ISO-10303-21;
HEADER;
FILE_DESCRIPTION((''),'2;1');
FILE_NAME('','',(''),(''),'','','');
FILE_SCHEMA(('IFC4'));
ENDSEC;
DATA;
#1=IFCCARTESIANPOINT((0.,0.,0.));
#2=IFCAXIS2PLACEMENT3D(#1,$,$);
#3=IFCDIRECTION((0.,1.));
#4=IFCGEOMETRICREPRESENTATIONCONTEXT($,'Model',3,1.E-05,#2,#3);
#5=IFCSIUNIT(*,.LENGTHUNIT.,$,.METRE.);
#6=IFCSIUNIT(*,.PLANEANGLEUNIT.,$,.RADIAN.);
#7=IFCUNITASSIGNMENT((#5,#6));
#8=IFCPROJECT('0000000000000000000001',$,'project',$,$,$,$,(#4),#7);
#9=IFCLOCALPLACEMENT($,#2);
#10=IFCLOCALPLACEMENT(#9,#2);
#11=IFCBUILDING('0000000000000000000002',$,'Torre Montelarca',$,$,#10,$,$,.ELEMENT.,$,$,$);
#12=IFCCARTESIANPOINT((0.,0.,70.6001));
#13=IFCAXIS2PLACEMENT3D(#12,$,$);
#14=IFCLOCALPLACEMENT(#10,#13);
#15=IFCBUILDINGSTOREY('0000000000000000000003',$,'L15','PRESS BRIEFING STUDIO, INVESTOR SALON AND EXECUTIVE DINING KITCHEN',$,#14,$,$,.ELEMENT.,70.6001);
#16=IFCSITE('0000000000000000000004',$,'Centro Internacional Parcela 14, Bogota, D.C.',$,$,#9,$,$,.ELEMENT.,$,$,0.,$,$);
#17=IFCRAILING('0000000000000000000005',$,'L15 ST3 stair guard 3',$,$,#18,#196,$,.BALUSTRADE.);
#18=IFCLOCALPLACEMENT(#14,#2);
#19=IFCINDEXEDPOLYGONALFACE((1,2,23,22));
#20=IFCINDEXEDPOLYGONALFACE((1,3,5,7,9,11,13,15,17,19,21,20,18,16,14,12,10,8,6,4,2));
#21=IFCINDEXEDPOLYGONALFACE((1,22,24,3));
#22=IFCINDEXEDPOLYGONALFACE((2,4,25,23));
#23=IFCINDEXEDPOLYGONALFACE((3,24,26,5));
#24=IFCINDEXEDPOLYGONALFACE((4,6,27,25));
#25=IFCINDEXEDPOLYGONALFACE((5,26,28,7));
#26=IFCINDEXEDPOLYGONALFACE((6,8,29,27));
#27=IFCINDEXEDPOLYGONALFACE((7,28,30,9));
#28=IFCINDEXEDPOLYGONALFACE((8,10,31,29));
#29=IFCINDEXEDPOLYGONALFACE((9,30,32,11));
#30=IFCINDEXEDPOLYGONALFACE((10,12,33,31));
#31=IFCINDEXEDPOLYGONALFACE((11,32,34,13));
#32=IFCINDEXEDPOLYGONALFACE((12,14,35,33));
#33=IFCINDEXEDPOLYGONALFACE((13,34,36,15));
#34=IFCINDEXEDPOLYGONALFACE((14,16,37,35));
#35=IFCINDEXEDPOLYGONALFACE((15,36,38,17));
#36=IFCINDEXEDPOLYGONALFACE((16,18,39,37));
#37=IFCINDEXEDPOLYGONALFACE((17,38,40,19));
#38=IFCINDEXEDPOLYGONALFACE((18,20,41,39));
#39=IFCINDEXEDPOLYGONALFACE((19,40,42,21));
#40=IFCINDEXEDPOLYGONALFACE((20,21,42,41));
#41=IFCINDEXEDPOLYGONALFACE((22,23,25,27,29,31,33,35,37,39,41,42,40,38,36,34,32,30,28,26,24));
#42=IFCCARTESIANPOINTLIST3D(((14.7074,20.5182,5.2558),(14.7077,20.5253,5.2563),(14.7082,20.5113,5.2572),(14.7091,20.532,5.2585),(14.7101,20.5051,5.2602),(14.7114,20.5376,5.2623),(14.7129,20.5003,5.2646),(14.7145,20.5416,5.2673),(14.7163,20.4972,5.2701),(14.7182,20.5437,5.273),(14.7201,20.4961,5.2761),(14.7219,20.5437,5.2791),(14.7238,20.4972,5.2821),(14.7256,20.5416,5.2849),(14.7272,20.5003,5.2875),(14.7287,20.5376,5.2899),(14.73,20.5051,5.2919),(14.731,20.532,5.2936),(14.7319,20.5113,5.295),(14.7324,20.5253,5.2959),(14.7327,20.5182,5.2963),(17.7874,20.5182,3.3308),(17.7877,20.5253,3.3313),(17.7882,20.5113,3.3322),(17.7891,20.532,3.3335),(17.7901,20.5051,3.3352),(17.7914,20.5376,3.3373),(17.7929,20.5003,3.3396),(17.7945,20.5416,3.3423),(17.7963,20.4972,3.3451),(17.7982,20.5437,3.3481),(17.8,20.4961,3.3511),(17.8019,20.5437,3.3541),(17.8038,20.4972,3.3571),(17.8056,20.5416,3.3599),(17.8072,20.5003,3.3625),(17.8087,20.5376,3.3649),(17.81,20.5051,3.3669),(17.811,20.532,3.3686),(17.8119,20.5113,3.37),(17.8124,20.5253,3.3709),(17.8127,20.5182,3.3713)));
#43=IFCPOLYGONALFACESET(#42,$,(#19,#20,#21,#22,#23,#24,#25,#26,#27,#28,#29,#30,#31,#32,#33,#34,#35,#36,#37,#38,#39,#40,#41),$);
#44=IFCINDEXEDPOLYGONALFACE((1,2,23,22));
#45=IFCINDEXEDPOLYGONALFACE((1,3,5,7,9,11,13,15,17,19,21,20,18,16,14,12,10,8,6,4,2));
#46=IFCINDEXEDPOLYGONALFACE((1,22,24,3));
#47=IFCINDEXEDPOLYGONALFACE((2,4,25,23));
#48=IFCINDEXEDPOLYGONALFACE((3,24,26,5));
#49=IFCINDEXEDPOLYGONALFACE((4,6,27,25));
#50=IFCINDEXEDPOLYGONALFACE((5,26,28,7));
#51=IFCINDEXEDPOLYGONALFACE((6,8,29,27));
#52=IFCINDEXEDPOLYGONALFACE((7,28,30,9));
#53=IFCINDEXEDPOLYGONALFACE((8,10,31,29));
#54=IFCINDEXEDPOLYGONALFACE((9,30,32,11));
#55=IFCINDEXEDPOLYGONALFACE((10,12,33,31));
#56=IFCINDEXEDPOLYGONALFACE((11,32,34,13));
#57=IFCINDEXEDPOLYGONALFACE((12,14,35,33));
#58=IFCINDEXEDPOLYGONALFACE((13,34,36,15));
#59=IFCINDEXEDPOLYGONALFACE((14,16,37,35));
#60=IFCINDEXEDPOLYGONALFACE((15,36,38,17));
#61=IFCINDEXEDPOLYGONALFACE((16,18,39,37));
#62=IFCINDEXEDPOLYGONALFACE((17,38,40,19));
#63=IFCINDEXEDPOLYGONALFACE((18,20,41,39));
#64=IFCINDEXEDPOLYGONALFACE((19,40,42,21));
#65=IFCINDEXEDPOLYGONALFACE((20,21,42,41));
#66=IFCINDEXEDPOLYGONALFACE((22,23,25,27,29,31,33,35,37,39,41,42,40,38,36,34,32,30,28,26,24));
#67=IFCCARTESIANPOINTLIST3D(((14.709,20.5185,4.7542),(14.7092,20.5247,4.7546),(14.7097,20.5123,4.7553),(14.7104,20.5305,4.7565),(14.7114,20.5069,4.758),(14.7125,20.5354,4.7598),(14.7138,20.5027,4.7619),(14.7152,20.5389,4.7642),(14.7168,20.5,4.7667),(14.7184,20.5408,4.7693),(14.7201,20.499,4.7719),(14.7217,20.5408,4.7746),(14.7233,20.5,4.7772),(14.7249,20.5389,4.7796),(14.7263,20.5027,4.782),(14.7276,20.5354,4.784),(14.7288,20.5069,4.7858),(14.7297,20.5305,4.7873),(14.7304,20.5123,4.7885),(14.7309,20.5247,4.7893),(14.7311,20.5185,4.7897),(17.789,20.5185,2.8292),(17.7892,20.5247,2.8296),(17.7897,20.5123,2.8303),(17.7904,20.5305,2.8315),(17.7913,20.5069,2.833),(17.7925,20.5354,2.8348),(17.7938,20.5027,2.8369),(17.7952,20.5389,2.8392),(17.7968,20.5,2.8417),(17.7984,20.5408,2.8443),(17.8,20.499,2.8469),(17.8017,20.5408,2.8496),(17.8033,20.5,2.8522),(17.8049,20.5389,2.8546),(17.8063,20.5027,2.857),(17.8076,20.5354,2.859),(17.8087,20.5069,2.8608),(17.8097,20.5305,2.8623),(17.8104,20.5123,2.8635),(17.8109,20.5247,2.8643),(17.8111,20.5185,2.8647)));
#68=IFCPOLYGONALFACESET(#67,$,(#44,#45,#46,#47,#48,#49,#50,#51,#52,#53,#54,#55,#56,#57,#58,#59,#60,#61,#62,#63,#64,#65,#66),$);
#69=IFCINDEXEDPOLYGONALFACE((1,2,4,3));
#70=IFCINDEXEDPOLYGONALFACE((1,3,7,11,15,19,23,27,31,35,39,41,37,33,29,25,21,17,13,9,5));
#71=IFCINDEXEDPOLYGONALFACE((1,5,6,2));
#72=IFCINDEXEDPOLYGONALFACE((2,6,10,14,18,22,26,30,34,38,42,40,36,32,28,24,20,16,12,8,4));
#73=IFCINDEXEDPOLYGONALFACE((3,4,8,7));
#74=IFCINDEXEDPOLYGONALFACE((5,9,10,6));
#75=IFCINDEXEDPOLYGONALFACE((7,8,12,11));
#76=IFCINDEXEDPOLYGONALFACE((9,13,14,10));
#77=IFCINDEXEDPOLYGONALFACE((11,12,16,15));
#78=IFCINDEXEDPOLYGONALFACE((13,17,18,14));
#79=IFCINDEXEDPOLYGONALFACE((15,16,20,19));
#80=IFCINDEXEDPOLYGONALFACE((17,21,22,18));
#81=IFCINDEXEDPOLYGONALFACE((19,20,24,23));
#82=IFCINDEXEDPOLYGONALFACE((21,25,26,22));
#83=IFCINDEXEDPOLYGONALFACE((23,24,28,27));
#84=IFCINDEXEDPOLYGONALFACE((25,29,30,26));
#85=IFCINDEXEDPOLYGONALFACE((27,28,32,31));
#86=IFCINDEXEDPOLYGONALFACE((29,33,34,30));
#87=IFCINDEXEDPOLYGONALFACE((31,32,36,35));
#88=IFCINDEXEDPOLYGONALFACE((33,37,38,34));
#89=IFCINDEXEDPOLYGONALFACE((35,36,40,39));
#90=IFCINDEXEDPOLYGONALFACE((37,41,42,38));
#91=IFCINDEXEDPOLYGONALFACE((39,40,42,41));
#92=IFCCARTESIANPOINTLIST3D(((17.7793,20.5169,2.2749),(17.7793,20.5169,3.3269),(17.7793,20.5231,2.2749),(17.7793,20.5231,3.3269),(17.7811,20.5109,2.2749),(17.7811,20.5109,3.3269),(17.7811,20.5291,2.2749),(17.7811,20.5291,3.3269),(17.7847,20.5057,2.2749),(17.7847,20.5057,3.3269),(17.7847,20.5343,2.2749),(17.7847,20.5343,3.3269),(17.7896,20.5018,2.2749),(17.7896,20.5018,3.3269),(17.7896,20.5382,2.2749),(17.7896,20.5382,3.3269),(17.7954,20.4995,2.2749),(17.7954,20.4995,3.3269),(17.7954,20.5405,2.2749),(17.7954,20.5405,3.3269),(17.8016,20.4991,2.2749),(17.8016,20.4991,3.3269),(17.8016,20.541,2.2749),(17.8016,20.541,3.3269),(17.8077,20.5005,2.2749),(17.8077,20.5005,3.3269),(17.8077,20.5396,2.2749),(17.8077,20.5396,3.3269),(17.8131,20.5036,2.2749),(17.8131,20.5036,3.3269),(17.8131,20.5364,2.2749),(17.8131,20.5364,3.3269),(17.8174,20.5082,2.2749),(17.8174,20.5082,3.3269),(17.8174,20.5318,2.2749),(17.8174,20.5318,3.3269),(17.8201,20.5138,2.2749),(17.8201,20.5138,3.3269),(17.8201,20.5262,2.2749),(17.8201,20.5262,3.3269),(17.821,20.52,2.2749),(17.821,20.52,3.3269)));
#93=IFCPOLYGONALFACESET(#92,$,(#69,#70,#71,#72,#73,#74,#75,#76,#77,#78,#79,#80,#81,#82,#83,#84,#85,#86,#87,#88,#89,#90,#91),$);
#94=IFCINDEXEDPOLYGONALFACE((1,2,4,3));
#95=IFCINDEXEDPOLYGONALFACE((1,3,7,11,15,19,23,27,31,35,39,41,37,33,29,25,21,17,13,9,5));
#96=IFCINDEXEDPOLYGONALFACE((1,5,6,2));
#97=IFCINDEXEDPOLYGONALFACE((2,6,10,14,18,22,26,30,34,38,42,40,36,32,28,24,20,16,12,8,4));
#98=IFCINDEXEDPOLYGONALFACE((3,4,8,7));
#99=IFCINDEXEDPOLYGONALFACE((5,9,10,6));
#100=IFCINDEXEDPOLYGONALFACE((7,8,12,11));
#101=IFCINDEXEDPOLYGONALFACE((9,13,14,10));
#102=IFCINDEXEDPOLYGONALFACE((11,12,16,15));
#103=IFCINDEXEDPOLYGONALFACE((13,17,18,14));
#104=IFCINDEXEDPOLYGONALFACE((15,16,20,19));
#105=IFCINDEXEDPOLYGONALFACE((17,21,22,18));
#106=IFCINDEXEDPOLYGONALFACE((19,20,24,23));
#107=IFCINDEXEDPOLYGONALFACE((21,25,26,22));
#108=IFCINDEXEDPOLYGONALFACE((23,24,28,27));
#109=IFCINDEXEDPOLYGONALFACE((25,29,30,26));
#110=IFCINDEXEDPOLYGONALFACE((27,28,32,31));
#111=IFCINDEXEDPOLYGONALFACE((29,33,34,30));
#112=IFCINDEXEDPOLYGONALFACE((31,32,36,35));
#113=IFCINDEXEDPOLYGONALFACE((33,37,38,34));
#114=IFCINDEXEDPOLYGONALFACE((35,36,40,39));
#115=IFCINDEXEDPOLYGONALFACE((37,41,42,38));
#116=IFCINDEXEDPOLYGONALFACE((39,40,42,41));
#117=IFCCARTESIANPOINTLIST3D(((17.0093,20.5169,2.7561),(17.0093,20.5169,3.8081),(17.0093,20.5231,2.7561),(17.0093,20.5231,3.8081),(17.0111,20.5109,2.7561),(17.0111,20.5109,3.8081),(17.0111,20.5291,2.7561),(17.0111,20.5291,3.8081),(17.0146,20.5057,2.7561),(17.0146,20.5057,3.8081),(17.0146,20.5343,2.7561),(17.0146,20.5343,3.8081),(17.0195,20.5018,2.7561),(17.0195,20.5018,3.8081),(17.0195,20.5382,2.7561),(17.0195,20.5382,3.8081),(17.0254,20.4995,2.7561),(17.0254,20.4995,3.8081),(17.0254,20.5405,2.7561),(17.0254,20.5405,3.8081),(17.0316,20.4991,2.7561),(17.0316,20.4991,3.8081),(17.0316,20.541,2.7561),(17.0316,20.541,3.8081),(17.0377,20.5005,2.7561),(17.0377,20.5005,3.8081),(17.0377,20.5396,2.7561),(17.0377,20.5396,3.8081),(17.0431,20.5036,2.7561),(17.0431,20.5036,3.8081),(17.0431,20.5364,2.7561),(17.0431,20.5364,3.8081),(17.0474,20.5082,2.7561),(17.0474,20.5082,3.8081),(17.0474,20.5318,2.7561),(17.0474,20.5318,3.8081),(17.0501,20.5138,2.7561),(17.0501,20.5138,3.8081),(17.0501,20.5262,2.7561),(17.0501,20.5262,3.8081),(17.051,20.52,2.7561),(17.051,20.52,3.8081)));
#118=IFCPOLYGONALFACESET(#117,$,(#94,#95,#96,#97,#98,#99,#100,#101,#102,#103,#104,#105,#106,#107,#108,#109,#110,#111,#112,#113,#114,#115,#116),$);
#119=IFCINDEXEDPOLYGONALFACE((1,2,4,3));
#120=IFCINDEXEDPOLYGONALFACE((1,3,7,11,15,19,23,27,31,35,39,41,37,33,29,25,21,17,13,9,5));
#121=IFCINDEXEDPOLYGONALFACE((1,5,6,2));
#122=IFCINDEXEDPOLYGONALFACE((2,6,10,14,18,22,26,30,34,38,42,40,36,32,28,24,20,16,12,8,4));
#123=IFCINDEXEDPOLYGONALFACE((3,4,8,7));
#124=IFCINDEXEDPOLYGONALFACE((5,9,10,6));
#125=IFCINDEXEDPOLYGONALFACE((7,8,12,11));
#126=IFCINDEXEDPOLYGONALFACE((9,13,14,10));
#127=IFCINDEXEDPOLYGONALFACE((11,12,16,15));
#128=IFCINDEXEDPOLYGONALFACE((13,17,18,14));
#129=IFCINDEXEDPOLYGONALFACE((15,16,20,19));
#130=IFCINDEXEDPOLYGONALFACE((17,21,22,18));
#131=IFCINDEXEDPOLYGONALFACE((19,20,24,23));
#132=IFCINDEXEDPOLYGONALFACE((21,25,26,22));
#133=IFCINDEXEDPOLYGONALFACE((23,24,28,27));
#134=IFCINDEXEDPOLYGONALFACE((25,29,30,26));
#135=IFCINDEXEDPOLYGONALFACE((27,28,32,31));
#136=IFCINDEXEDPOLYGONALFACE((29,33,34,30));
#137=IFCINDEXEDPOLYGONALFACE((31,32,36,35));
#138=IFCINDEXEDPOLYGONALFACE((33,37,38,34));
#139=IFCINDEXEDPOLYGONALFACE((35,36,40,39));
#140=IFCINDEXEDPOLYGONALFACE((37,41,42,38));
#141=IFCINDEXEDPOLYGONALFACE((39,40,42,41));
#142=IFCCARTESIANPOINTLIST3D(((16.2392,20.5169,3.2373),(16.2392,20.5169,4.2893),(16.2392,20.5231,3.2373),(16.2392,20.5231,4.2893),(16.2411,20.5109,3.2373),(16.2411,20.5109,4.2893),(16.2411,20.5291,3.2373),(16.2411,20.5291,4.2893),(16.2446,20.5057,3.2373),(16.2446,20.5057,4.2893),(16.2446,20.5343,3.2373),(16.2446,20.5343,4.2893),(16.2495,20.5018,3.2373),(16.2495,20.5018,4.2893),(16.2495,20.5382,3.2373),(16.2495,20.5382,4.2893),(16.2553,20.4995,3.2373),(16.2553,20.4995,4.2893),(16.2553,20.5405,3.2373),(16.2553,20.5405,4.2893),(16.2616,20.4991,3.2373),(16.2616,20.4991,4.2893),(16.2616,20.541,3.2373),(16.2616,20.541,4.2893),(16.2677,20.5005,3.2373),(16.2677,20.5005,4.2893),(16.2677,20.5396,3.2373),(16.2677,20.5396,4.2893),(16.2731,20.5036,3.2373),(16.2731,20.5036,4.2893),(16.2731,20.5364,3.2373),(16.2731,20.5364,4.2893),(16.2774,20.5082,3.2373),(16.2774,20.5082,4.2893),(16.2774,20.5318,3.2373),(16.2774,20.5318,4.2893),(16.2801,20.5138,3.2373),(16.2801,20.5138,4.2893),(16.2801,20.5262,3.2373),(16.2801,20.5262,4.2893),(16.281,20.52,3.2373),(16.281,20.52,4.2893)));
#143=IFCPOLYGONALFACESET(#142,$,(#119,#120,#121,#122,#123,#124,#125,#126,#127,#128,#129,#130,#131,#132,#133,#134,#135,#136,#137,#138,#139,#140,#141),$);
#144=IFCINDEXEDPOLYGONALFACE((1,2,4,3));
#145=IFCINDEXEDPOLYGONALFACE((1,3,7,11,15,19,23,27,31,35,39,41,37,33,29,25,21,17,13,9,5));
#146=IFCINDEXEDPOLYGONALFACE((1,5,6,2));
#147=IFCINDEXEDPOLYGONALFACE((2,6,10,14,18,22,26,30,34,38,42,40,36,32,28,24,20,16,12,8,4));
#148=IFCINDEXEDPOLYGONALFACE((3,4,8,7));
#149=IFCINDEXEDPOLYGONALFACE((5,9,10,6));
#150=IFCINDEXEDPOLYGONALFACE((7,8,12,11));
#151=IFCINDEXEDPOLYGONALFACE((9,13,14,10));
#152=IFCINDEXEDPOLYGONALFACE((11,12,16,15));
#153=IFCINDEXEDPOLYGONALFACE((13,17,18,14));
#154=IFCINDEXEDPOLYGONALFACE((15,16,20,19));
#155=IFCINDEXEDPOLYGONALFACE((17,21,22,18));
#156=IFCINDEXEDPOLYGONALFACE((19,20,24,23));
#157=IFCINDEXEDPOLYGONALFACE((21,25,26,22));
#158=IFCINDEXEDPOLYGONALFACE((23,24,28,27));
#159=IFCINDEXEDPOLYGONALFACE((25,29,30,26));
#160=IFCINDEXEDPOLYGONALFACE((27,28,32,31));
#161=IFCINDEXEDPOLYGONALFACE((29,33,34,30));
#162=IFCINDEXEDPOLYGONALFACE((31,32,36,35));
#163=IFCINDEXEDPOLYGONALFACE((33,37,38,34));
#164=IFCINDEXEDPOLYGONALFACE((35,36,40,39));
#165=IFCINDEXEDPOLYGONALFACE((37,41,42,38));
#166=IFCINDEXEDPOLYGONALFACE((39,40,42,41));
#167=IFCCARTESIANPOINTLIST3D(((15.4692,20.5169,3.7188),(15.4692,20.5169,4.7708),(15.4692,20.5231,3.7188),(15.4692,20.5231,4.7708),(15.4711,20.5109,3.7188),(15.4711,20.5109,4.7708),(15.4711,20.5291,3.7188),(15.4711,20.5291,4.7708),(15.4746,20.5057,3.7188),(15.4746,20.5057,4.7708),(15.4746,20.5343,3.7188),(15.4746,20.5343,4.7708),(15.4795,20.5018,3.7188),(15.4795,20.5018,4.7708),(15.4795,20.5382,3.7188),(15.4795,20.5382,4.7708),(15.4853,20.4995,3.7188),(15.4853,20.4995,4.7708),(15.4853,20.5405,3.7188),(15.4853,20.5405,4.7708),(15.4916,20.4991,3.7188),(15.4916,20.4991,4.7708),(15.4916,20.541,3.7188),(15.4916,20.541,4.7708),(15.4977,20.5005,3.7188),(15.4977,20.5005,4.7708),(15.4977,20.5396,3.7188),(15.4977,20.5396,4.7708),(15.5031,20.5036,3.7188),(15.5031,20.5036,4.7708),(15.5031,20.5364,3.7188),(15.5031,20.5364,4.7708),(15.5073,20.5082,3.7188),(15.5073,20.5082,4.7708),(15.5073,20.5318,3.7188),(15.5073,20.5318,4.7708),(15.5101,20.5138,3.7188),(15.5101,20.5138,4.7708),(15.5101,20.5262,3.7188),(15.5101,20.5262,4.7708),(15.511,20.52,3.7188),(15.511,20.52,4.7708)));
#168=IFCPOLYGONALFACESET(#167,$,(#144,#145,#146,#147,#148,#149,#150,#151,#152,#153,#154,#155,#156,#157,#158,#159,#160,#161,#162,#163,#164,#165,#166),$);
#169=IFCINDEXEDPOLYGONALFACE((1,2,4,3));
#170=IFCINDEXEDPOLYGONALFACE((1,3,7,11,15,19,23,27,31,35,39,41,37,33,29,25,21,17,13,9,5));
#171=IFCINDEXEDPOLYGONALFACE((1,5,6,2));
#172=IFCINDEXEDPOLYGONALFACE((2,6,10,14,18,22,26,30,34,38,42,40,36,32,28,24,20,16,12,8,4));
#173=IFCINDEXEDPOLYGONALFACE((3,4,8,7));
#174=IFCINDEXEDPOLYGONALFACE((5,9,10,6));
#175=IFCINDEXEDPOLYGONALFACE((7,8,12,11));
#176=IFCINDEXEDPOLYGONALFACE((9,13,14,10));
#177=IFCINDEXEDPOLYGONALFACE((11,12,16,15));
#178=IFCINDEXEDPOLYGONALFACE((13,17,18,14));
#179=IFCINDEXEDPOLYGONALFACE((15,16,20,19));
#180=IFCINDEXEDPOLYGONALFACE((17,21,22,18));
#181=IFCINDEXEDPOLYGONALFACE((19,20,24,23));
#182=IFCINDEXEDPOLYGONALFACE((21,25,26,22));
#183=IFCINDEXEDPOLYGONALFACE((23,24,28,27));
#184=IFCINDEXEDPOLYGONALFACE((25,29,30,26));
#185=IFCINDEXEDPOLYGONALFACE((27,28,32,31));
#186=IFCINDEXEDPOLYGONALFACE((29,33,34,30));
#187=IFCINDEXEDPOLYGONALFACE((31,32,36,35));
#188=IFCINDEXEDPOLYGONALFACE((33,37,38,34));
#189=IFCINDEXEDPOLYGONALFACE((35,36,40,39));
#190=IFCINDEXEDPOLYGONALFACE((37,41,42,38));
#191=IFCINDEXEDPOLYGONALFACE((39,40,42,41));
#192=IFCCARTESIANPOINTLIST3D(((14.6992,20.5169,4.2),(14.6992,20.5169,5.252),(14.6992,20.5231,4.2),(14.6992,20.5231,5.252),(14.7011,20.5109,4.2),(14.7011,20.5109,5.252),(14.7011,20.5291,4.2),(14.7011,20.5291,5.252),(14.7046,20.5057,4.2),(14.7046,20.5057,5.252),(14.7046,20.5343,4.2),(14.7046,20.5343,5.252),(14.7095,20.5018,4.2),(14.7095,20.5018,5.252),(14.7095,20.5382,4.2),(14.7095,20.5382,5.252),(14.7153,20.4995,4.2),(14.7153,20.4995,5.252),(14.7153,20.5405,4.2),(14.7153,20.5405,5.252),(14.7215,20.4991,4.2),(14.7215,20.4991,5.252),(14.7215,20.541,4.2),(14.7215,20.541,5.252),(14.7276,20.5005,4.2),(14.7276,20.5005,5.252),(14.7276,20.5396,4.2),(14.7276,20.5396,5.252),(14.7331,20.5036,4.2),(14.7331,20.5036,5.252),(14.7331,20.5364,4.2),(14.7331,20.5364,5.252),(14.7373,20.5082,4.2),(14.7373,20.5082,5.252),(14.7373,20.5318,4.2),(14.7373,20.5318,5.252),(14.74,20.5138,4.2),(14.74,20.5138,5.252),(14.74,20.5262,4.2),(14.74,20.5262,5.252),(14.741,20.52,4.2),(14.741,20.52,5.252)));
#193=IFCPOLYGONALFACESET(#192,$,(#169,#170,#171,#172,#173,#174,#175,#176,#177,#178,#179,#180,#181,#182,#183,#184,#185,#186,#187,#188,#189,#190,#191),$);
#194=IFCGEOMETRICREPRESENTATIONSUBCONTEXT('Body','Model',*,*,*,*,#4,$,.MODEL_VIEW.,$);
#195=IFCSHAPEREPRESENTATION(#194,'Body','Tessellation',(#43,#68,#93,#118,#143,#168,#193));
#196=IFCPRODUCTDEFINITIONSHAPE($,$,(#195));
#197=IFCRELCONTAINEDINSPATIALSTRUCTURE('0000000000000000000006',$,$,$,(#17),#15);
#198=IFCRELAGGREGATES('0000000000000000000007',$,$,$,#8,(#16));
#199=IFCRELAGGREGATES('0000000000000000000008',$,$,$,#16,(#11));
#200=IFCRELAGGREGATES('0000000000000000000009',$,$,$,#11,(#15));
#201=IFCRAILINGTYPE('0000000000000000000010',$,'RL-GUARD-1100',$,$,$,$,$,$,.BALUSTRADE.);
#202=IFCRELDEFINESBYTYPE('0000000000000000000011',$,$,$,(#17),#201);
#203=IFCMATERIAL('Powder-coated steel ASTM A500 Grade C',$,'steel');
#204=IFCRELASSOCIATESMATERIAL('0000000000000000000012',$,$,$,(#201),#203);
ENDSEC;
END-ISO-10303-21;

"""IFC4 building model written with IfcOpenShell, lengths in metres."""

from ifc_helpers import new_model, si_unit, direction, frame, origin, origin_2d, place, context, subcontext, project, spatial, circle, extrude, material, type_object, element, save


model = new_model("IFC4")

# Units and contexts
model_context = context("Model", 3, precision=1e-05, world=origin(), true_north=direction((0.0, 1.0)))
body_context = subcontext(model_context, "Body", "Model", "MODEL_VIEW")
ifc_project = project(units=[si_unit("LENGTHUNIT", "METRE"), si_unit("PLANEANGLEUNIT", "RADIAN")], contexts=[model_context])

# Site, building, storey
site_placement = place(None, origin())
site = spatial("IfcSite", under=ifc_project, at=site_placement, Name="Centro Internacional Parcela 14, Bogota, D.C.", CompositionType="ELEMENT", RefElevation=0.0)
building_placement = place(site_placement, origin())
building = spatial("IfcBuilding", under=site, at=building_placement, Name="Torre Montelarca", CompositionType="ELEMENT")
storey_placement = place(building_placement, frame((0.0, 0.0, 70.6001)))
storey = spatial("IfcBuildingStorey", under=building, at=storey_placement, Name="L15", Description="PRESS BRIEFING STUDIO, INVESTOR SALON AND EXECUTIVE DINING KITCHEN", CompositionType="ELEMENT", Elevation=70.6001)

# Railing
ifc_material_1 = material(Name="Powder-coated steel ASTM A500 Grade C", Category="steel")
railing_type_1 = type_object("IfcRailingType", Name="RL-GUARD-1100", PredefinedType="BALUSTRADE", material=ifc_material_1)
railing_1_placement = place(storey_placement, frame((17.8, 20.52, 2.2749)))
element("IfcRailing", 1, at=railing_1_placement, inside=storey, type_object=railing_type_1, Name="L15 ST3 stair guard 3", PredefinedType="BALUSTRADE", context=body_context, shape_type="SweptSolid", body=[
    extrude(circle(Radius=0.0239, at=origin_2d()), frame((0.0, 0.0, 1.0762), z_axis=(-0.847998, 0.0, 0.529999), x_axis=(0.0, -1.0, 0.0)), (0.0, 0.0, 1.0), 3.6321),
    extrude(circle(Radius=0.021, at=origin_2d()), frame((0.0, 0.0, 0.572), z_axis=(-0.847998, 0.0, 0.529999), x_axis=(0.0, -1.0, 0.0)), (0.0, 0.0, 1.0), 3.6321),
    extrude(circle(Radius=0.021, at=origin_2d()), origin(), (0.0, 0.0, 1.0), 1.052),
    extrude(circle(Radius=0.021, at=origin_2d()), frame((-0.77, 0.0, 0.4812)), (0.0, 0.0, 1.0), 1.052),
    extrude(circle(Radius=0.021, at=origin_2d()), frame((-1.54, 0.0, 0.9624)), (0.0, 0.0, 1.0), 1.052),
    extrude(circle(Radius=0.021, at=origin_2d()), frame((-2.3101, 0.0, 1.4438)), (0.0, 0.0, 1.0), 1.052),
    extrude(circle(Radius=0.021, at=origin_2d()), frame((-3.0801, 0.0, 1.925)), (0.0, 0.0, 1.0), 1.052),
])

save(model, "model.ifc")
